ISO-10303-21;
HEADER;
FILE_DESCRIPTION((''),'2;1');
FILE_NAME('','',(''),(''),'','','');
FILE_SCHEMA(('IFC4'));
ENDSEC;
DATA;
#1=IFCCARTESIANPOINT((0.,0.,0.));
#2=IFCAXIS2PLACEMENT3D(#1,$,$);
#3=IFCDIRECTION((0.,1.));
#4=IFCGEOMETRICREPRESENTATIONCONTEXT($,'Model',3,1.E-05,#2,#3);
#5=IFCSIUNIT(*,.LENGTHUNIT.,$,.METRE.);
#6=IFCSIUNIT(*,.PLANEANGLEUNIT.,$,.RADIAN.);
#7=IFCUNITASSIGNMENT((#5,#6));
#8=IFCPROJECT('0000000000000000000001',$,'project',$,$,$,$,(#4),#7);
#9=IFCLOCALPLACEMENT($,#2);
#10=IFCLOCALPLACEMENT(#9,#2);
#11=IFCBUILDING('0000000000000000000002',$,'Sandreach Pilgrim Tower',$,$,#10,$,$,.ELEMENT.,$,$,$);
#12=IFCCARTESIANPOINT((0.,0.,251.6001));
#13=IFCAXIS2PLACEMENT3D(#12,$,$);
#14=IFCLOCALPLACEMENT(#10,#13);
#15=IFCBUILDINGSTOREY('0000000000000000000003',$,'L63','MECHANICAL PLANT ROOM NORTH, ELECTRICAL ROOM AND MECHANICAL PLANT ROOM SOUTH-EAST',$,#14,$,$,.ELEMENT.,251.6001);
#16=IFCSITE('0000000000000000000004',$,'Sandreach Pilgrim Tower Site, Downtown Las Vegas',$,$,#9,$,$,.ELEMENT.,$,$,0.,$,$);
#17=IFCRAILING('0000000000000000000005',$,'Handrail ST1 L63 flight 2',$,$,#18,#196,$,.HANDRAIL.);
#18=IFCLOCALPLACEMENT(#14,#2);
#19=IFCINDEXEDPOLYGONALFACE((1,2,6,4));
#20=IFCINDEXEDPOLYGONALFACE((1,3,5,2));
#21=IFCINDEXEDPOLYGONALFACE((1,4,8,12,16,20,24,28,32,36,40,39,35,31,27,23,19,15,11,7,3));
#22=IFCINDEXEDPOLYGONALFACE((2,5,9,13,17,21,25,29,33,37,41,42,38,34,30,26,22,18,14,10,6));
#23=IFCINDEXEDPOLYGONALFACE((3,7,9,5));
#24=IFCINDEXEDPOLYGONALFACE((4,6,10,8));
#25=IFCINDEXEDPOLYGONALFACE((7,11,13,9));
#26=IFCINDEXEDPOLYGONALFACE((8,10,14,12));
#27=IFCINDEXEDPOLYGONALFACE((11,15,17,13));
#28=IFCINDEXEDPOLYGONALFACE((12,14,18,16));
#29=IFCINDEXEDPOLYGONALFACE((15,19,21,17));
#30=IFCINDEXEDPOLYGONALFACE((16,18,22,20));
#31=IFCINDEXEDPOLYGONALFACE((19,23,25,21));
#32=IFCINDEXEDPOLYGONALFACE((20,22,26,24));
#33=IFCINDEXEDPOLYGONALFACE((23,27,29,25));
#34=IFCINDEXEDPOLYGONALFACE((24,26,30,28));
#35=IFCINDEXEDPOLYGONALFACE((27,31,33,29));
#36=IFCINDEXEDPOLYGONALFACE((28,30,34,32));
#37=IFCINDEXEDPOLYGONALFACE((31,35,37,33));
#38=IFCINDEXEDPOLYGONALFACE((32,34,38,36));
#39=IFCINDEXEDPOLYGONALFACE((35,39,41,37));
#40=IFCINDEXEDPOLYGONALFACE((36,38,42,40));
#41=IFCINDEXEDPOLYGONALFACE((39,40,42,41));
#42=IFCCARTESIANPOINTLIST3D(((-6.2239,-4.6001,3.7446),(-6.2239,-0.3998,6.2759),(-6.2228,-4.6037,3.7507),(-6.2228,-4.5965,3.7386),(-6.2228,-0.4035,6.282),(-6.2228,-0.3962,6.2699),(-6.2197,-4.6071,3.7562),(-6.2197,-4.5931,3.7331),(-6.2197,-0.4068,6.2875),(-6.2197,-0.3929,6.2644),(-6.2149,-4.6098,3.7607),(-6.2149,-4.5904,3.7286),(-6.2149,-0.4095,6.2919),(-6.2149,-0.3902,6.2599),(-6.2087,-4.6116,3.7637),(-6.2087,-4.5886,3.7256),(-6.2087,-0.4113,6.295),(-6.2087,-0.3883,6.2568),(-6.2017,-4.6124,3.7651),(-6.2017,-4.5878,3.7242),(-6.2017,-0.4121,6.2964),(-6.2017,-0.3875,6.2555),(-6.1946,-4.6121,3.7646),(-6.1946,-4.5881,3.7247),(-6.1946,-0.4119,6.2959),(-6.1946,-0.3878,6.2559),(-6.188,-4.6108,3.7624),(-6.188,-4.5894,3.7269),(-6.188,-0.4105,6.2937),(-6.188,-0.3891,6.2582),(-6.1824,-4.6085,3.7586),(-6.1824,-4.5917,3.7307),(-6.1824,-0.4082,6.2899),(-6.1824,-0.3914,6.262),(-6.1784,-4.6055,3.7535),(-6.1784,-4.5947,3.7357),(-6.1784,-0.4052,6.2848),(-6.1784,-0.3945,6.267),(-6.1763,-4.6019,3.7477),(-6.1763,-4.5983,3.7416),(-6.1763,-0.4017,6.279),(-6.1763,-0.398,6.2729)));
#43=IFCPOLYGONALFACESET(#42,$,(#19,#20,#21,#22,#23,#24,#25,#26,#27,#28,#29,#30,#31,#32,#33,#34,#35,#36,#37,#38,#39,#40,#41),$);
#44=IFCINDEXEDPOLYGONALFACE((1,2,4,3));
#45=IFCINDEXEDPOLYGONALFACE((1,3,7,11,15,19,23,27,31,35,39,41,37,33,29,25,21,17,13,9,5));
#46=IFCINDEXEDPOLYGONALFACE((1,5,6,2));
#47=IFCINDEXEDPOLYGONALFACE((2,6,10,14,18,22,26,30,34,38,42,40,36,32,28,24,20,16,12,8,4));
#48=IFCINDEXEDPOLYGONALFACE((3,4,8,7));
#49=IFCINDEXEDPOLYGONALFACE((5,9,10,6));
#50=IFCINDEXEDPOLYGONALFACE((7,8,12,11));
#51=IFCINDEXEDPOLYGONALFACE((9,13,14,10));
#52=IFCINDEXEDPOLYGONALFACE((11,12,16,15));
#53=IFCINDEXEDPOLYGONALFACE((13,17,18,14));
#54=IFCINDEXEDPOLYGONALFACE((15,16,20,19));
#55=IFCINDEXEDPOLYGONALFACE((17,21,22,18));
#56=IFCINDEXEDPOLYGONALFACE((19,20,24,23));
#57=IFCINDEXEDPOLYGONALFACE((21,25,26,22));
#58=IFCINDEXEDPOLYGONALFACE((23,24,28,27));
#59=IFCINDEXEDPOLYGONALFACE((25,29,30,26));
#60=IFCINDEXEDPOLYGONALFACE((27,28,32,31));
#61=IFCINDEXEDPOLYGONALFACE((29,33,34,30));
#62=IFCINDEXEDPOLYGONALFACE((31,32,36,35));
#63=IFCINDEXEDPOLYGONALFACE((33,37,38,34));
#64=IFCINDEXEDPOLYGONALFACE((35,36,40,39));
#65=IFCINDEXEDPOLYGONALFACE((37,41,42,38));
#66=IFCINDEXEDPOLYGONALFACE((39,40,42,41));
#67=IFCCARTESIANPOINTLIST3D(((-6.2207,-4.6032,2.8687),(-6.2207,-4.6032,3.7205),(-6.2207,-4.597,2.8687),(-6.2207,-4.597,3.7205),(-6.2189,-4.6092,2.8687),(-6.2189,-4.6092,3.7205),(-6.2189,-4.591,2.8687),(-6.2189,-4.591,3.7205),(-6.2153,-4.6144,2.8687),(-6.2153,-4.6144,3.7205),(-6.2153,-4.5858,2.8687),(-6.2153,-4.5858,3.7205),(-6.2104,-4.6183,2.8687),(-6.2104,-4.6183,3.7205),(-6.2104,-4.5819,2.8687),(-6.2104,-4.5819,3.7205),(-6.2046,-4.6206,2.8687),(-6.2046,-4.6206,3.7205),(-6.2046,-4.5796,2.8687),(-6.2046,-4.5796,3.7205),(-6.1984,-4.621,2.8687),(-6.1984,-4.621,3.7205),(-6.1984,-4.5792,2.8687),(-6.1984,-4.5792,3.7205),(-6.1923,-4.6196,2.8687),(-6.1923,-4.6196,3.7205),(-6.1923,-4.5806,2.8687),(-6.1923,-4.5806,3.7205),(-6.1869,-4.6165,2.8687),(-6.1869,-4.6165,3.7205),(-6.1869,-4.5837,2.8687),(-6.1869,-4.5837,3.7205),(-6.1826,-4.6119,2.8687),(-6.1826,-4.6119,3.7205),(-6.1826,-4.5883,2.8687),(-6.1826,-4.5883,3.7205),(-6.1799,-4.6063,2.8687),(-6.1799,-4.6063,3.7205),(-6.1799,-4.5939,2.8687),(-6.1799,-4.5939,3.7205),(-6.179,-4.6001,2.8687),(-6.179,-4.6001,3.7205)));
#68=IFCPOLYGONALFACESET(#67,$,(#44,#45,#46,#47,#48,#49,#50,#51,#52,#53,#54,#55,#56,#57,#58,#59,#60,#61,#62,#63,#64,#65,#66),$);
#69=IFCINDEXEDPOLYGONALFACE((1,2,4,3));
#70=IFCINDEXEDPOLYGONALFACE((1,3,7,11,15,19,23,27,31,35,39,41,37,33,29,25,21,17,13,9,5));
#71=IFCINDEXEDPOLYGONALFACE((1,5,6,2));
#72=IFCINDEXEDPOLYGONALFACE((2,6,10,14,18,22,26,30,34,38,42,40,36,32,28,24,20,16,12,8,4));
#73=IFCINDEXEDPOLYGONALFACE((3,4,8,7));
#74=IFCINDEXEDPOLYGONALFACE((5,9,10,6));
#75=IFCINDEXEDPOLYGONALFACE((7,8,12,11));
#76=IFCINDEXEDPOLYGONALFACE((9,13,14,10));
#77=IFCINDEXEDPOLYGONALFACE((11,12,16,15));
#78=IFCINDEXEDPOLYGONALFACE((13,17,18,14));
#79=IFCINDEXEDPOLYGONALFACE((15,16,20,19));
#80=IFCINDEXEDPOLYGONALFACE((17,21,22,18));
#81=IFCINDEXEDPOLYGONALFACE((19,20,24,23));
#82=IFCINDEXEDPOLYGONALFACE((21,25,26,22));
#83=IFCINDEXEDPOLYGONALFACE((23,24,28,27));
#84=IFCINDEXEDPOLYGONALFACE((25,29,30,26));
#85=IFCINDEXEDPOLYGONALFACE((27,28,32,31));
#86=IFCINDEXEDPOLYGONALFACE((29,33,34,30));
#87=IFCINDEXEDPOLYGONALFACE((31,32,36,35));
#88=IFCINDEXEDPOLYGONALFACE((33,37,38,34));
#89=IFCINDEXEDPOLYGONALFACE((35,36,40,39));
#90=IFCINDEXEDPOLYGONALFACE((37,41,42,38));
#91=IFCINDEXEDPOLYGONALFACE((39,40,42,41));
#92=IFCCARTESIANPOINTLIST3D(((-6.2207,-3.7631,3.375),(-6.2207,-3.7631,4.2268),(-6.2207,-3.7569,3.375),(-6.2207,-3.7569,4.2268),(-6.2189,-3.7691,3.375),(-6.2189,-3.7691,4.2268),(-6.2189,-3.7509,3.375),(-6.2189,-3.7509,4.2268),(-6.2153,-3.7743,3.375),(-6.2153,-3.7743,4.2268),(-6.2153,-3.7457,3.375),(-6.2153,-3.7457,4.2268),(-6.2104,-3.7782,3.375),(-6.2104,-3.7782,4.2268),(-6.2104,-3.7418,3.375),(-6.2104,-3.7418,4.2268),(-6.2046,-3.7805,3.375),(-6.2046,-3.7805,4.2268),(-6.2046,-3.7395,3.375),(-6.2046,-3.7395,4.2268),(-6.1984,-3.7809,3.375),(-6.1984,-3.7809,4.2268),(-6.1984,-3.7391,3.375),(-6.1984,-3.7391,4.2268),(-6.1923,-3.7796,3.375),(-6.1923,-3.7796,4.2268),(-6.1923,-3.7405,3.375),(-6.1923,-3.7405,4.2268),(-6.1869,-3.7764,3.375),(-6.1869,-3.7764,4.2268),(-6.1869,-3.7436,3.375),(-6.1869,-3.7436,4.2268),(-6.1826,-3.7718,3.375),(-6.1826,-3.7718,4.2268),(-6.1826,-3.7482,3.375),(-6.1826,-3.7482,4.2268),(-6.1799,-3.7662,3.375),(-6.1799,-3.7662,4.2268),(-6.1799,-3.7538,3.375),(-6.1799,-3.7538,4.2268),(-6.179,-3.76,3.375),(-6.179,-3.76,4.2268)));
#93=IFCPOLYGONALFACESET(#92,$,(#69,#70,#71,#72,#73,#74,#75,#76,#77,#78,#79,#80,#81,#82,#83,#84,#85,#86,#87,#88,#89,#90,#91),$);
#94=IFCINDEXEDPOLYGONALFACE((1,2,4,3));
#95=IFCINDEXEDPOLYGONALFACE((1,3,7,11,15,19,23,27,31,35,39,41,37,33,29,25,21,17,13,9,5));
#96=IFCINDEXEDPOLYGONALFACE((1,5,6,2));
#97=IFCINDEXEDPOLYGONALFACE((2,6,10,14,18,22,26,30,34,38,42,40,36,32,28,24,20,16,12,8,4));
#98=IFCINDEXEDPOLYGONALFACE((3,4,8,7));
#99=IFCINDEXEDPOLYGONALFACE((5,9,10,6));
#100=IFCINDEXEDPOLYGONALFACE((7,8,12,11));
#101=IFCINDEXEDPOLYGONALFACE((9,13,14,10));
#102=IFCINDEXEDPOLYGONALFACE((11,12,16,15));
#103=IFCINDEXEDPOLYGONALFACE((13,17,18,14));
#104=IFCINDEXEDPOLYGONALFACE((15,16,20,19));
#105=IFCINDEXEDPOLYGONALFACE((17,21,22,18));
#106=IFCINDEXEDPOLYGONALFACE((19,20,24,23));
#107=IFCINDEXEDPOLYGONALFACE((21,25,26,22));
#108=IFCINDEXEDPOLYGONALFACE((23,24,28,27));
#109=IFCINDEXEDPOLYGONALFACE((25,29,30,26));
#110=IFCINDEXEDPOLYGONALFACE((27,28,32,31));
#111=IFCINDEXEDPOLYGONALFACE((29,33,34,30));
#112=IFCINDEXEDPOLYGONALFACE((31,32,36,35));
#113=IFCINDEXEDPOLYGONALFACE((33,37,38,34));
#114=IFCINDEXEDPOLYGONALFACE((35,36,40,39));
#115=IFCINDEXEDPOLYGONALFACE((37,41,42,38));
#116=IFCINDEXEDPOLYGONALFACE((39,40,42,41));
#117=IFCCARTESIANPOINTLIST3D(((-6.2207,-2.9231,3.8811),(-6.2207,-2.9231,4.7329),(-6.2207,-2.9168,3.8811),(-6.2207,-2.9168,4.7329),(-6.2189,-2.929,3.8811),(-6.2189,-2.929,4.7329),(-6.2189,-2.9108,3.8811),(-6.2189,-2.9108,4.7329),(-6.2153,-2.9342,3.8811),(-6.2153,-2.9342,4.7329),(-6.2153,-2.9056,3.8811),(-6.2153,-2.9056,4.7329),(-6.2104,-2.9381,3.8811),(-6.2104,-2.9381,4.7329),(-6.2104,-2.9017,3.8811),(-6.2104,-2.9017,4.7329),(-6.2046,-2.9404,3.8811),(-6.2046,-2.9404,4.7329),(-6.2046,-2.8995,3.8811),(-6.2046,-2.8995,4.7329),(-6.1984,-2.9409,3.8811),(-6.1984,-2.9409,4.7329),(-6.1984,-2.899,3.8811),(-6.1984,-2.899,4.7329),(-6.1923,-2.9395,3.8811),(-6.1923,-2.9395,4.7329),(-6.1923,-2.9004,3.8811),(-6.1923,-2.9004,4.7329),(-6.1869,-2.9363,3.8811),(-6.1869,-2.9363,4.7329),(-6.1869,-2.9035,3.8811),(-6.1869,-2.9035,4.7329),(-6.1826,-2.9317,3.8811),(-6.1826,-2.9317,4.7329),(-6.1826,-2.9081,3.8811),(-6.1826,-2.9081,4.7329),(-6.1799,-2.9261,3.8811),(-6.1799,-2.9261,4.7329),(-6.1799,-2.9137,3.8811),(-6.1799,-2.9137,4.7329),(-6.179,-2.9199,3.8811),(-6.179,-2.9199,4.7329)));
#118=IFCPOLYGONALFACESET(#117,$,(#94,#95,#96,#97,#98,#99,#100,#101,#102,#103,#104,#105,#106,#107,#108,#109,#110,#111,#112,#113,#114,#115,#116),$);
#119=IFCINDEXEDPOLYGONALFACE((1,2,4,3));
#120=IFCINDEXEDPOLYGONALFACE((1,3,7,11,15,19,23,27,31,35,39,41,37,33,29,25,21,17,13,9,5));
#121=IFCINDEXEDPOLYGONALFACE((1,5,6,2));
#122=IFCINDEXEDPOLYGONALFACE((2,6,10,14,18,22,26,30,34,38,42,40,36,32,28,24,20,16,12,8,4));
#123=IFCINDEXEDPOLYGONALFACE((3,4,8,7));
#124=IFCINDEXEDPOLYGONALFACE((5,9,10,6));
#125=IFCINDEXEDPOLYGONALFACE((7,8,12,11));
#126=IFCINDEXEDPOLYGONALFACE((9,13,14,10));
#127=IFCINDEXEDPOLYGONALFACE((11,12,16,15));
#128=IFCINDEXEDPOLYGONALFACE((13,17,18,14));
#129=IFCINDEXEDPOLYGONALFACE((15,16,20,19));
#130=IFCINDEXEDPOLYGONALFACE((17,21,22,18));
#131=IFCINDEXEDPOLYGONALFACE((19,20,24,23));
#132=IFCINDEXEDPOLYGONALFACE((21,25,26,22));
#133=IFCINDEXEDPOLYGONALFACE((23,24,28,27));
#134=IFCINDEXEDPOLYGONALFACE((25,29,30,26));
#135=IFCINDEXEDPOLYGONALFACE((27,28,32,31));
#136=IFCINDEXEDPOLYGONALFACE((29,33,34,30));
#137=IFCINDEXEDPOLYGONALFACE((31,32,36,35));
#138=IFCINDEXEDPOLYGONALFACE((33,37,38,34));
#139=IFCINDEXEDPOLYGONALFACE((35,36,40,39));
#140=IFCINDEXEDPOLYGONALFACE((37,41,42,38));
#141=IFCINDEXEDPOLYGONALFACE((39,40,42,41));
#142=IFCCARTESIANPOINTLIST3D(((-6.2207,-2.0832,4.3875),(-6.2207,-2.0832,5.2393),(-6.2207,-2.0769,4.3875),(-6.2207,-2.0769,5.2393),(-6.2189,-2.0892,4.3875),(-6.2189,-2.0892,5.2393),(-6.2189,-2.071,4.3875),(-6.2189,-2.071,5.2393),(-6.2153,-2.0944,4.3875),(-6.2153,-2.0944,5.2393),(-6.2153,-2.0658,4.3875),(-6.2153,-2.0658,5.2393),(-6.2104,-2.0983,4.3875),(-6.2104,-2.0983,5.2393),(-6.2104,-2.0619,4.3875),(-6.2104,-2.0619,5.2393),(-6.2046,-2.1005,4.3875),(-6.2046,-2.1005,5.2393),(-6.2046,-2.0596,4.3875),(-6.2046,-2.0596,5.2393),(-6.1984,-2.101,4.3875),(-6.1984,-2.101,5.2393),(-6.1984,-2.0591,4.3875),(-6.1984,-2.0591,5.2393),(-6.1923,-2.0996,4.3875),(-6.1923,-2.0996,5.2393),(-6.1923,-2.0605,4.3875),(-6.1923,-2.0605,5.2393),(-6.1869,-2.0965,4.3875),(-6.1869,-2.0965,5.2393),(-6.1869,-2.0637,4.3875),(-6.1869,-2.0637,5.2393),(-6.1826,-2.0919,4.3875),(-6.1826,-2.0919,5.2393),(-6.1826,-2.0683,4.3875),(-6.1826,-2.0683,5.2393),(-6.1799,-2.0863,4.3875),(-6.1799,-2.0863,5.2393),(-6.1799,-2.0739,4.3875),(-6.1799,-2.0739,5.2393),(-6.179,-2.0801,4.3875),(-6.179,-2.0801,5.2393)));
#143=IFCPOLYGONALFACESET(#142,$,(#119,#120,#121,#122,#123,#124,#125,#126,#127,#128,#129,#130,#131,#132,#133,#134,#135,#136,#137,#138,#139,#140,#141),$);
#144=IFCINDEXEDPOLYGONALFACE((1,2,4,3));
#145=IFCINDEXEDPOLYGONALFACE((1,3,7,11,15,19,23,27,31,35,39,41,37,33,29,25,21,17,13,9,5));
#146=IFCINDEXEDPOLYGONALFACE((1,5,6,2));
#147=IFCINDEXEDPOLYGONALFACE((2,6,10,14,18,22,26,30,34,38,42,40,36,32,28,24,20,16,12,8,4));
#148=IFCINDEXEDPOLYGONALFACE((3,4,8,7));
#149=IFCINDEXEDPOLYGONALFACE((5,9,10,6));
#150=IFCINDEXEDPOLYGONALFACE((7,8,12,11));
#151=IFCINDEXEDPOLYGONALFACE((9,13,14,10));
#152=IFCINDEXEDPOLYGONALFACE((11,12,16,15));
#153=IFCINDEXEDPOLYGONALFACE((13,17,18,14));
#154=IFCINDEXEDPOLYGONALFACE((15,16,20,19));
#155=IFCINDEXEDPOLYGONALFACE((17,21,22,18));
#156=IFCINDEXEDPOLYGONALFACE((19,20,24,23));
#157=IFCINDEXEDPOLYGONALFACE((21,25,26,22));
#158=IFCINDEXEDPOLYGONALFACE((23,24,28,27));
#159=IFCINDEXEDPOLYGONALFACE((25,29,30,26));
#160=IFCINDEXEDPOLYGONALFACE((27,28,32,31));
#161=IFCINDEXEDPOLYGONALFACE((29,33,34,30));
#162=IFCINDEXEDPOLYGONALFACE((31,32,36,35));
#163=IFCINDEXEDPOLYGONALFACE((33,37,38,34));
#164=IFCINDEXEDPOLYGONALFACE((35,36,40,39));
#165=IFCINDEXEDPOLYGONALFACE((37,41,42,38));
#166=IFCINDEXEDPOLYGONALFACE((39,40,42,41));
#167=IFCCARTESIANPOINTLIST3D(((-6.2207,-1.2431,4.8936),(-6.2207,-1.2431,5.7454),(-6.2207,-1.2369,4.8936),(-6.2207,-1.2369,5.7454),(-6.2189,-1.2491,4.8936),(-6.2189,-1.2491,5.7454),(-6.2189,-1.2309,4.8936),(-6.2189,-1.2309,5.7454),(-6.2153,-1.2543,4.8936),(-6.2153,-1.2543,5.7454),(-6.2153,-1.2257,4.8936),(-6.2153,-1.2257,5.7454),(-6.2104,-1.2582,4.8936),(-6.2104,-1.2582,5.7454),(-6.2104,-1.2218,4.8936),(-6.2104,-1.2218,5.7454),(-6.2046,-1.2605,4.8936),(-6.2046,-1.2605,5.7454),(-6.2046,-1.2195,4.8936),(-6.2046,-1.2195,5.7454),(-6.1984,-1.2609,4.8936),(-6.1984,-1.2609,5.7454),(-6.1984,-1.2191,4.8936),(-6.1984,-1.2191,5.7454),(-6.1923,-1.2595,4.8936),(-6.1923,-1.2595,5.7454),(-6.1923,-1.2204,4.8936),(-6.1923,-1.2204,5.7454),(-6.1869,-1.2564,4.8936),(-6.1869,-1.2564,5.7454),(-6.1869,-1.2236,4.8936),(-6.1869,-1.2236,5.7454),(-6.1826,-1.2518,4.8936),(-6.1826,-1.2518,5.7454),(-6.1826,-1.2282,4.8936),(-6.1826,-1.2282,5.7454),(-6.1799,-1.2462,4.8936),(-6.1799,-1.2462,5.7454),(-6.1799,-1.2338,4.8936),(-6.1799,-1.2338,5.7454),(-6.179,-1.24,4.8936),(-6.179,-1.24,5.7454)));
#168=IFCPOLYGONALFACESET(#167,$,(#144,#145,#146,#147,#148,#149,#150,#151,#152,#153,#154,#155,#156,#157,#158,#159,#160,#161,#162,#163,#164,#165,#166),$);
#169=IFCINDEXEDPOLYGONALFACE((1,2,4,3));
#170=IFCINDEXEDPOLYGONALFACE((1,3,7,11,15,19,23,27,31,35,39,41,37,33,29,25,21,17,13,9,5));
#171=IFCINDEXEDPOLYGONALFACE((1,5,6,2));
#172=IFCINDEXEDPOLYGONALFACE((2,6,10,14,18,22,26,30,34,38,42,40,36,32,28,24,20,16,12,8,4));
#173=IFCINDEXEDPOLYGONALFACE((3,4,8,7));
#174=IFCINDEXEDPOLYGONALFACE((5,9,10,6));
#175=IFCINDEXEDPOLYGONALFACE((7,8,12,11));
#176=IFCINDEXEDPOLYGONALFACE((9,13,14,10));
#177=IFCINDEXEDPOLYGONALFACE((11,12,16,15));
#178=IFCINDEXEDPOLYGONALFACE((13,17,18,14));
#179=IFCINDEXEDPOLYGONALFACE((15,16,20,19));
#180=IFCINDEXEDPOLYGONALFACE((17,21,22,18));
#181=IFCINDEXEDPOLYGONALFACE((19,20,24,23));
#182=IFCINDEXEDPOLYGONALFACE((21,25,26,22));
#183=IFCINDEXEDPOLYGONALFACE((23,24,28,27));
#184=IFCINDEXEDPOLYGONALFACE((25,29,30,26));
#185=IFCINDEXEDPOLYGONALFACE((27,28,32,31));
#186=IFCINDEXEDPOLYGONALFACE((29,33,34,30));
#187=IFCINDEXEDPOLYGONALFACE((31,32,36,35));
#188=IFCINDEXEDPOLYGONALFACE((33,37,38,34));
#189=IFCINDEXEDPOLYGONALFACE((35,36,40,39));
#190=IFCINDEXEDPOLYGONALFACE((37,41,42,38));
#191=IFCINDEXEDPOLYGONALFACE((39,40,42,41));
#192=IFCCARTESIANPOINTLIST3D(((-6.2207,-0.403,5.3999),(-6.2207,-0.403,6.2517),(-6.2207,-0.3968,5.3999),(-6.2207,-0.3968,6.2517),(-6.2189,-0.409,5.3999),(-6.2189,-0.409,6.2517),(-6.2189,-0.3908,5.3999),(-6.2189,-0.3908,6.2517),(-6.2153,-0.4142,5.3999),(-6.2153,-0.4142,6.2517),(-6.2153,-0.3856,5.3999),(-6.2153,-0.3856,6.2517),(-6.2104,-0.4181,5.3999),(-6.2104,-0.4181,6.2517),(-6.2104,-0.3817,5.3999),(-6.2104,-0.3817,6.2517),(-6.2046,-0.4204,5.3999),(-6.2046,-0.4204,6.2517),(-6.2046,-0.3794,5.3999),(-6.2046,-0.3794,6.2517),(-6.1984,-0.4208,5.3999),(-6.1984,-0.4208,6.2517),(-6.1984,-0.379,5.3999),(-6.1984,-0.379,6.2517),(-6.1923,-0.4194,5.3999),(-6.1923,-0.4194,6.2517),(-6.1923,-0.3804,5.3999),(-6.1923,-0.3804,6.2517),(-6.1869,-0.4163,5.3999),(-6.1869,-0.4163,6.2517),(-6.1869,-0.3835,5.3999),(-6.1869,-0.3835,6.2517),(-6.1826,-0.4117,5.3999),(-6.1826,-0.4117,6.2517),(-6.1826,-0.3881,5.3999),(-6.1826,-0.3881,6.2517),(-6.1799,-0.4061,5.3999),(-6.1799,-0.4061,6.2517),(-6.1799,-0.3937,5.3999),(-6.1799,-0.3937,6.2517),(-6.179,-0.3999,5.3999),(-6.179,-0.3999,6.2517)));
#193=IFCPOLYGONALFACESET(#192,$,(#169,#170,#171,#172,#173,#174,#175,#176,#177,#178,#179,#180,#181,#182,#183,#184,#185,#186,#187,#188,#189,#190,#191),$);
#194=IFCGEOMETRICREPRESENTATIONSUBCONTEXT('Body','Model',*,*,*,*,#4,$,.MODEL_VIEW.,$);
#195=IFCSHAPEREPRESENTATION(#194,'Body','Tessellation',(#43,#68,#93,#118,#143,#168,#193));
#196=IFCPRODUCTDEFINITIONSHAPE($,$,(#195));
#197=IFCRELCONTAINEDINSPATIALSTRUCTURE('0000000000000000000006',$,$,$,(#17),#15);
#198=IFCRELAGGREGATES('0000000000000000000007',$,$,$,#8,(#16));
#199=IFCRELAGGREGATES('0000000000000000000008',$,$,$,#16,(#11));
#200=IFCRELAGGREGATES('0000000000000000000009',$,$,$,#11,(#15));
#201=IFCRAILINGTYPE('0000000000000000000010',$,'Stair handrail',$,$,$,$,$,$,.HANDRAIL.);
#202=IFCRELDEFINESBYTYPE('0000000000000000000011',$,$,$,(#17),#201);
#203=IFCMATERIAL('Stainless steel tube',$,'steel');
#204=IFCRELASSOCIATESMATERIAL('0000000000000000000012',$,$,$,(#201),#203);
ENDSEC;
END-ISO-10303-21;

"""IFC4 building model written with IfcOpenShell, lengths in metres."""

from ifc_helpers import new_model, si_unit, direction, frame, origin, origin_2d, place, context, subcontext, project, spatial, circle, extrude, material, type_object, element, save


model = new_model("IFC4")

# Units and contexts
model_context = context("Model", 3, precision=1e-05, world=origin(), true_north=direction((0.0, 1.0)))
body_context = subcontext(model_context, "Body", "Model", "MODEL_VIEW")
ifc_project = project(units=[si_unit("LENGTHUNIT", "METRE"), si_unit("PLANEANGLEUNIT", "RADIAN")], contexts=[model_context])

# Site, building, storey
site_placement = place(None, origin())
site = spatial("IfcSite", under=ifc_project, at=site_placement, Name="Sandreach Pilgrim Tower Site, Downtown Las Vegas", CompositionType="ELEMENT", RefElevation=0.0)
building_placement = place(site_placement, origin())
building = spatial("IfcBuilding", under=site, at=building_placement, Name="Sandreach Pilgrim Tower", CompositionType="ELEMENT")
storey_placement = place(building_placement, frame((0.0, 0.0, 251.6001)))
storey = spatial("IfcBuildingStorey", under=building, at=storey_placement, Name="L63", Description="MECHANICAL PLANT ROOM NORTH, ELECTRICAL ROOM AND MECHANICAL PLANT ROOM SOUTH-EAST", CompositionType="ELEMENT", Elevation=251.6001)

# Railing
ifc_material_1 = material(Name="Stainless steel tube", Category="steel")
railing_type = type_object("IfcRailingType", Name="Stair handrail", PredefinedType="HANDRAIL", material=ifc_material_1)
for number, where, name in (
    (1, (-6.2, -4.6001, 2.8687), "Handrail ST1 L63 flight 2"),
):
    element("IfcRailing", number, at=place(storey_placement, frame(where)), inside=storey, type_object=railing_type, Name=name, PredefinedType="HANDRAIL", context=body_context, shape_type="SweptSolid", body=[
        extrude(circle(Radius=0.0239, at=origin_2d()), frame((0.0, 0.0, 0.876), z_axis=(0.0, 0.85649, 0.516164), x_axis=(-1.0, 0.0, 0.0)), (0.0, 0.0, 1.0), 4.9041),
        extrude(circle(Radius=0.021, at=origin_2d()), origin(), (0.0, 0.0, 1.0), 0.8518),
        extrude(circle(Radius=0.021, at=origin_2d()), frame((0.0, 0.8401, 0.5063)), (0.0, 0.0, 1.0), 0.8518),
        extrude(circle(Radius=0.021, at=origin_2d()), frame((0.0, 1.6802, 1.0125)), (0.0, 0.0, 1.0), 0.8518),
        extrude(circle(Radius=0.021, at=origin_2d()), frame((0.0, 2.52, 1.5188)), (0.0, 0.0, 1.0), 0.8518),
        extrude(circle(Radius=0.021, at=origin_2d()), frame((0.0, 3.3601, 2.0249)), (0.0, 0.0, 1.0), 0.8518),
        extrude(circle(Radius=0.021, at=origin_2d()), frame((0.0, 4.2002, 2.5312)), (0.0, 0.0, 1.0), 0.8518),
    ])

save(model, "model.ifc")
